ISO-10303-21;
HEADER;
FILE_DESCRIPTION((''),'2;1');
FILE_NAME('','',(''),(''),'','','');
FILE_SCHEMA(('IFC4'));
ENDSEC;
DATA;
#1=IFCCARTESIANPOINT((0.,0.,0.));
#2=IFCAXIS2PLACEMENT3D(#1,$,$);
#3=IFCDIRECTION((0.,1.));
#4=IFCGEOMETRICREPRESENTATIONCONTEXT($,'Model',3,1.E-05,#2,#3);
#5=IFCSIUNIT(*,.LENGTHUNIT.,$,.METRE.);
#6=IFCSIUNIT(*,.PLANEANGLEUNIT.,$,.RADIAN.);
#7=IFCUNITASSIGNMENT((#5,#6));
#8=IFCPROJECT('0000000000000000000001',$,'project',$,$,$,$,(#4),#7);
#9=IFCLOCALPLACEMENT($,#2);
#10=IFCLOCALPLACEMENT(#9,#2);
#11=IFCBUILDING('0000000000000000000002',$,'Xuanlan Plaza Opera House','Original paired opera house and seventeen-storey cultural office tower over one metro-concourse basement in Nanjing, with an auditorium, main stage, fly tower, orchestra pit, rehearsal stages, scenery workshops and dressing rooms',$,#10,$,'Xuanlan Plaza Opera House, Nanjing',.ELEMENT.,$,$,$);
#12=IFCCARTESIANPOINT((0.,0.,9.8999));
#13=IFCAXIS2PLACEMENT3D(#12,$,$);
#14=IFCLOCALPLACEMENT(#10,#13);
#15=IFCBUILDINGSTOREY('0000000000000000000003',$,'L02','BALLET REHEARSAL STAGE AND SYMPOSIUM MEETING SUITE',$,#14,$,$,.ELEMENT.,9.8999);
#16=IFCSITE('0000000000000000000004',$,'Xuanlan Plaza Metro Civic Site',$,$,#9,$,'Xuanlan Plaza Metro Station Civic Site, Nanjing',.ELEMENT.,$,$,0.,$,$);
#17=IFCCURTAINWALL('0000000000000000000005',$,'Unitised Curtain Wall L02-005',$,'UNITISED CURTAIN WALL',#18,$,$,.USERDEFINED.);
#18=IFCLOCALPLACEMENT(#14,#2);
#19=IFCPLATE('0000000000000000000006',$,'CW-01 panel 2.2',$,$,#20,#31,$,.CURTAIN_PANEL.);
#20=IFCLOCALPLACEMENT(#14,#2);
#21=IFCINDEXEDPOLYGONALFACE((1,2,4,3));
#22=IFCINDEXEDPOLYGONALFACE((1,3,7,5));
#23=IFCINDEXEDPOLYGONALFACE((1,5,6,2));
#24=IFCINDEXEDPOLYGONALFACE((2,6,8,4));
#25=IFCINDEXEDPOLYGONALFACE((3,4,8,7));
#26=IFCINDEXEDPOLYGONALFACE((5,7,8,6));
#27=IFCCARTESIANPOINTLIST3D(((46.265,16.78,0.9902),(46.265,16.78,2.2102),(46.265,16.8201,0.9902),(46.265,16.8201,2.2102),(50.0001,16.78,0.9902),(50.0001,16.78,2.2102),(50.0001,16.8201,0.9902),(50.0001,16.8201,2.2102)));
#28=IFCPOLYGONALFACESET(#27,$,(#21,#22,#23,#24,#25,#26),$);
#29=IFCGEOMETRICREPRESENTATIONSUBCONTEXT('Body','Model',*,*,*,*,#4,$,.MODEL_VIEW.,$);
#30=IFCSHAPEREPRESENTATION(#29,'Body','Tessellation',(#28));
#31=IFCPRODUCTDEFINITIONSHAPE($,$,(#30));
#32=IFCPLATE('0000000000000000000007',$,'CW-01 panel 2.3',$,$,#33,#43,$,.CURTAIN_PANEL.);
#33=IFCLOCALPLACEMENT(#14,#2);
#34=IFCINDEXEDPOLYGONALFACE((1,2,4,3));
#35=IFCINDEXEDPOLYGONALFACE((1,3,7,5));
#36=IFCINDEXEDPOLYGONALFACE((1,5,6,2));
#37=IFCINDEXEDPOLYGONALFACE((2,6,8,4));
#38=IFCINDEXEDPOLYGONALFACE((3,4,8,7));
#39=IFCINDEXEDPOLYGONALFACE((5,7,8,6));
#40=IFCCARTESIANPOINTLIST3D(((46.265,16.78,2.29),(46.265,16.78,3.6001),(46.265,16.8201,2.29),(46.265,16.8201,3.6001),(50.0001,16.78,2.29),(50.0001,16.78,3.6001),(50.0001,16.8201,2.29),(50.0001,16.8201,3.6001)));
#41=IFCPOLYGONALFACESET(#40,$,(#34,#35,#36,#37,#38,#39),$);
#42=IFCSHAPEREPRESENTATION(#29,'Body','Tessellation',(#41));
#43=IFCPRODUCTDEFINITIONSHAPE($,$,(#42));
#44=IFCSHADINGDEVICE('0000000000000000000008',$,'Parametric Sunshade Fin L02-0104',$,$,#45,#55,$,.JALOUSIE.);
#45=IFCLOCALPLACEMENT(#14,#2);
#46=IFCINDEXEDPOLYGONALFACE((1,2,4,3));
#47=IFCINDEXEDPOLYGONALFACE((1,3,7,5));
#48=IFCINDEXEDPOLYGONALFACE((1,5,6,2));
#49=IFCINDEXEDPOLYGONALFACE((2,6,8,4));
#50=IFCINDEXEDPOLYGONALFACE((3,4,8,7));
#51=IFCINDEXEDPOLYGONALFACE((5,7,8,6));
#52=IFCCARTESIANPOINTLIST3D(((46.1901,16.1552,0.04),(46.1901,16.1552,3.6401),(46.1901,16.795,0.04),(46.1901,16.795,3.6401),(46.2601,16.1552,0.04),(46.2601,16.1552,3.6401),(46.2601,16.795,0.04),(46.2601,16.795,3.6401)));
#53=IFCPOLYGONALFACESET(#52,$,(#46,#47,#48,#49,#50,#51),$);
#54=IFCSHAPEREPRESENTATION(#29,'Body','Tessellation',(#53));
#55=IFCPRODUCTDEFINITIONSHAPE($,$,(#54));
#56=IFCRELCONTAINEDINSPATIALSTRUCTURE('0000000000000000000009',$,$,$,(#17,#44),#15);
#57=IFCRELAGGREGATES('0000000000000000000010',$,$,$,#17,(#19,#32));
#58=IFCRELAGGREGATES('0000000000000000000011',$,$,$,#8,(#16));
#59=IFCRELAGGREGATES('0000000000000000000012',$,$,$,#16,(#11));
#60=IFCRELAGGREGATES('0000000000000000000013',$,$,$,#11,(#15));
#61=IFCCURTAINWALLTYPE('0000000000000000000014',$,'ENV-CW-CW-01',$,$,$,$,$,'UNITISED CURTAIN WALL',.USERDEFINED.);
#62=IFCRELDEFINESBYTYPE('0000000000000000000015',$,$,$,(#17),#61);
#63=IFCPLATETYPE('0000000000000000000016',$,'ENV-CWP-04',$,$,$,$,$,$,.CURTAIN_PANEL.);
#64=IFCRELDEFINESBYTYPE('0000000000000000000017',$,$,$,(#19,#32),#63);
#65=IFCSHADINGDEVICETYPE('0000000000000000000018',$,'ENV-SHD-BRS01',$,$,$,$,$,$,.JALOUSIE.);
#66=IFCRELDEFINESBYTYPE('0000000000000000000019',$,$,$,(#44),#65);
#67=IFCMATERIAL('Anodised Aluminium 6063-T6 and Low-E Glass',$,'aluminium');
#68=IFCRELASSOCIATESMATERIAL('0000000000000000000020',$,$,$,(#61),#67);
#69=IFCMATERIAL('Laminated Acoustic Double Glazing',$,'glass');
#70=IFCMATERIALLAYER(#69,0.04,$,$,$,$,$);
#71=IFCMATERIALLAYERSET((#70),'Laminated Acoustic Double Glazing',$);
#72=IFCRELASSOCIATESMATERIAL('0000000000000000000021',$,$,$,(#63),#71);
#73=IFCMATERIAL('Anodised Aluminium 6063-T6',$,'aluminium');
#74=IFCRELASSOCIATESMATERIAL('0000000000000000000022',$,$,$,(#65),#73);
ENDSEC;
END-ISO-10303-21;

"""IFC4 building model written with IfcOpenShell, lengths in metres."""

from ifc_helpers import new_model, si_unit, direction, frame, origin, origin_2d, place, context, subcontext, project, spatial, rectangle, extrude, material, layer, layer_set, type_object, element, aggregate, save


model = new_model("IFC4")

# Units and contexts
model_context = context("Model", 3, precision=1e-05, world=origin(), true_north=direction((0.0, 1.0)))
body_context = subcontext(model_context, "Body", "Model", "MODEL_VIEW")
ifc_project = project(units=[si_unit("LENGTHUNIT", "METRE"), si_unit("PLANEANGLEUNIT", "RADIAN")], contexts=[model_context])

# Site, building, storey
site_placement = place(None, origin())
site = spatial("IfcSite", under=ifc_project, at=site_placement, Name="Xuanlan Plaza Metro Civic Site", LongName="Xuanlan Plaza Metro Station Civic Site, Nanjing", CompositionType="ELEMENT", RefElevation=0.0)
building_placement = place(site_placement, origin())
building = spatial("IfcBuilding", under=site, at=building_placement, Name="Xuanlan Plaza Opera House", Description="Original paired opera house and seventeen-storey cultural office tower over one metro-concourse basement in Nanjing, with an auditorium, main stage, fly tower, orchestra pit, rehearsal stages, scenery workshops and dressing rooms", LongName="Xuanlan Plaza Opera House, Nanjing", CompositionType="ELEMENT")
storey_placement = place(building_placement, frame((0.0, 0.0, 9.8999)))
storey = spatial("IfcBuildingStorey", under=building, at=storey_placement, Name="L02", Description="BALLET REHEARSAL STAGE AND SYMPOSIUM MEETING SUITE", CompositionType="ELEMENT", Elevation=9.8999)

# Shared definitions
ifc_material_1 = material(Name="Anodised Aluminium 6063-T6 and Low-E Glass", Category="aluminium")
ifc_material_2 = material(Name="Anodised Aluminium 6063-T6", Category="aluminium")

# Curtain wall
curtain_wall_type_1 = type_object("IfcCurtainWallType", Name="ENV-CW-CW-01", ElementType="UNITISED CURTAIN WALL", PredefinedType="USERDEFINED", material=ifc_material_1)
curtain_wall_1_placement = place(storey_placement, origin())
curtain_wall_1 = element("IfcCurtainWall", 1, at=curtain_wall_1_placement, inside=storey, type_object=curtain_wall_type_1, Name="Unitised Curtain Wall L02-005", ObjectType="UNITISED CURTAIN WALL", PredefinedType="USERDEFINED")

# Plates
ifc_material_3 = material(Name="Laminated Acoustic Double Glazing", Category="glass")
ifc_layer_1 = layer(ifc_material_3, 0.04)
ifc_layer_set_1 = layer_set([ifc_layer_1], Name="Laminated Acoustic Double Glazing")
plate_type_1 = type_object("IfcPlateType", Name="ENV-CWP-04", PredefinedType="CURTAIN_PANEL", material=ifc_layer_set_1)
plate_1_placement = place(storey_placement, frame((48.1326, 16.8, 0.9902), z_axis=(0.0, 0.0, 1.0), x_axis=(1.0, 0.0, 0.0)))
plate_1 = element("IfcPlate", 2, at=plate_1_placement, type_object=plate_type_1, Name="CW-01 panel 2.2", PredefinedType="CURTAIN_PANEL", context=body_context, shape_type="SweptSolid", body=[
    extrude(rectangle(XDim=3.7351, YDim=0.04, at=origin_2d()), origin(), (0.0, 0.0, 1.0), 1.22),
])
plate_2_placement = place(storey_placement, frame((48.1326, 16.8, 2.29), z_axis=(0.0, 0.0, 1.0), x_axis=(1.0, 0.0, 0.0)))
plate_2 = element("IfcPlate", 3, at=plate_2_placement, type_object=plate_type_1, Name="CW-01 panel 2.3", PredefinedType="CURTAIN_PANEL", context=body_context, shape_type="SweptSolid", body=[
    extrude(rectangle(XDim=3.7351, YDim=0.04, at=origin_2d()), origin(), (0.0, 0.0, 1.0), 1.3101),
])
aggregate(curtain_wall_1, [plate_1, plate_2])

# Shading device
shading_device_type = type_object("IfcShadingDeviceType", Name="ENV-SHD-BRS01", PredefinedType="JALOUSIE", material=ifc_material_2)
shading_device_placement = place(storey_placement, frame((46.2251, 16.4751, 0.04), z_axis=(0.0, 0.0, 1.0), x_axis=(0.0, -1.0, 0.0)))
element("IfcShadingDevice", 4, at=shading_device_placement, inside=storey, type_object=shading_device_type, Name="Parametric Sunshade Fin L02-0104", PredefinedType="JALOUSIE", context=body_context, shape_type="SweptSolid", body=[
    extrude(rectangle(XDim=0.6399, YDim=0.0701, at=origin_2d()), origin(), (0.0, 0.0, 1.0), 3.6001),
])

save(model, "model.ifc")
